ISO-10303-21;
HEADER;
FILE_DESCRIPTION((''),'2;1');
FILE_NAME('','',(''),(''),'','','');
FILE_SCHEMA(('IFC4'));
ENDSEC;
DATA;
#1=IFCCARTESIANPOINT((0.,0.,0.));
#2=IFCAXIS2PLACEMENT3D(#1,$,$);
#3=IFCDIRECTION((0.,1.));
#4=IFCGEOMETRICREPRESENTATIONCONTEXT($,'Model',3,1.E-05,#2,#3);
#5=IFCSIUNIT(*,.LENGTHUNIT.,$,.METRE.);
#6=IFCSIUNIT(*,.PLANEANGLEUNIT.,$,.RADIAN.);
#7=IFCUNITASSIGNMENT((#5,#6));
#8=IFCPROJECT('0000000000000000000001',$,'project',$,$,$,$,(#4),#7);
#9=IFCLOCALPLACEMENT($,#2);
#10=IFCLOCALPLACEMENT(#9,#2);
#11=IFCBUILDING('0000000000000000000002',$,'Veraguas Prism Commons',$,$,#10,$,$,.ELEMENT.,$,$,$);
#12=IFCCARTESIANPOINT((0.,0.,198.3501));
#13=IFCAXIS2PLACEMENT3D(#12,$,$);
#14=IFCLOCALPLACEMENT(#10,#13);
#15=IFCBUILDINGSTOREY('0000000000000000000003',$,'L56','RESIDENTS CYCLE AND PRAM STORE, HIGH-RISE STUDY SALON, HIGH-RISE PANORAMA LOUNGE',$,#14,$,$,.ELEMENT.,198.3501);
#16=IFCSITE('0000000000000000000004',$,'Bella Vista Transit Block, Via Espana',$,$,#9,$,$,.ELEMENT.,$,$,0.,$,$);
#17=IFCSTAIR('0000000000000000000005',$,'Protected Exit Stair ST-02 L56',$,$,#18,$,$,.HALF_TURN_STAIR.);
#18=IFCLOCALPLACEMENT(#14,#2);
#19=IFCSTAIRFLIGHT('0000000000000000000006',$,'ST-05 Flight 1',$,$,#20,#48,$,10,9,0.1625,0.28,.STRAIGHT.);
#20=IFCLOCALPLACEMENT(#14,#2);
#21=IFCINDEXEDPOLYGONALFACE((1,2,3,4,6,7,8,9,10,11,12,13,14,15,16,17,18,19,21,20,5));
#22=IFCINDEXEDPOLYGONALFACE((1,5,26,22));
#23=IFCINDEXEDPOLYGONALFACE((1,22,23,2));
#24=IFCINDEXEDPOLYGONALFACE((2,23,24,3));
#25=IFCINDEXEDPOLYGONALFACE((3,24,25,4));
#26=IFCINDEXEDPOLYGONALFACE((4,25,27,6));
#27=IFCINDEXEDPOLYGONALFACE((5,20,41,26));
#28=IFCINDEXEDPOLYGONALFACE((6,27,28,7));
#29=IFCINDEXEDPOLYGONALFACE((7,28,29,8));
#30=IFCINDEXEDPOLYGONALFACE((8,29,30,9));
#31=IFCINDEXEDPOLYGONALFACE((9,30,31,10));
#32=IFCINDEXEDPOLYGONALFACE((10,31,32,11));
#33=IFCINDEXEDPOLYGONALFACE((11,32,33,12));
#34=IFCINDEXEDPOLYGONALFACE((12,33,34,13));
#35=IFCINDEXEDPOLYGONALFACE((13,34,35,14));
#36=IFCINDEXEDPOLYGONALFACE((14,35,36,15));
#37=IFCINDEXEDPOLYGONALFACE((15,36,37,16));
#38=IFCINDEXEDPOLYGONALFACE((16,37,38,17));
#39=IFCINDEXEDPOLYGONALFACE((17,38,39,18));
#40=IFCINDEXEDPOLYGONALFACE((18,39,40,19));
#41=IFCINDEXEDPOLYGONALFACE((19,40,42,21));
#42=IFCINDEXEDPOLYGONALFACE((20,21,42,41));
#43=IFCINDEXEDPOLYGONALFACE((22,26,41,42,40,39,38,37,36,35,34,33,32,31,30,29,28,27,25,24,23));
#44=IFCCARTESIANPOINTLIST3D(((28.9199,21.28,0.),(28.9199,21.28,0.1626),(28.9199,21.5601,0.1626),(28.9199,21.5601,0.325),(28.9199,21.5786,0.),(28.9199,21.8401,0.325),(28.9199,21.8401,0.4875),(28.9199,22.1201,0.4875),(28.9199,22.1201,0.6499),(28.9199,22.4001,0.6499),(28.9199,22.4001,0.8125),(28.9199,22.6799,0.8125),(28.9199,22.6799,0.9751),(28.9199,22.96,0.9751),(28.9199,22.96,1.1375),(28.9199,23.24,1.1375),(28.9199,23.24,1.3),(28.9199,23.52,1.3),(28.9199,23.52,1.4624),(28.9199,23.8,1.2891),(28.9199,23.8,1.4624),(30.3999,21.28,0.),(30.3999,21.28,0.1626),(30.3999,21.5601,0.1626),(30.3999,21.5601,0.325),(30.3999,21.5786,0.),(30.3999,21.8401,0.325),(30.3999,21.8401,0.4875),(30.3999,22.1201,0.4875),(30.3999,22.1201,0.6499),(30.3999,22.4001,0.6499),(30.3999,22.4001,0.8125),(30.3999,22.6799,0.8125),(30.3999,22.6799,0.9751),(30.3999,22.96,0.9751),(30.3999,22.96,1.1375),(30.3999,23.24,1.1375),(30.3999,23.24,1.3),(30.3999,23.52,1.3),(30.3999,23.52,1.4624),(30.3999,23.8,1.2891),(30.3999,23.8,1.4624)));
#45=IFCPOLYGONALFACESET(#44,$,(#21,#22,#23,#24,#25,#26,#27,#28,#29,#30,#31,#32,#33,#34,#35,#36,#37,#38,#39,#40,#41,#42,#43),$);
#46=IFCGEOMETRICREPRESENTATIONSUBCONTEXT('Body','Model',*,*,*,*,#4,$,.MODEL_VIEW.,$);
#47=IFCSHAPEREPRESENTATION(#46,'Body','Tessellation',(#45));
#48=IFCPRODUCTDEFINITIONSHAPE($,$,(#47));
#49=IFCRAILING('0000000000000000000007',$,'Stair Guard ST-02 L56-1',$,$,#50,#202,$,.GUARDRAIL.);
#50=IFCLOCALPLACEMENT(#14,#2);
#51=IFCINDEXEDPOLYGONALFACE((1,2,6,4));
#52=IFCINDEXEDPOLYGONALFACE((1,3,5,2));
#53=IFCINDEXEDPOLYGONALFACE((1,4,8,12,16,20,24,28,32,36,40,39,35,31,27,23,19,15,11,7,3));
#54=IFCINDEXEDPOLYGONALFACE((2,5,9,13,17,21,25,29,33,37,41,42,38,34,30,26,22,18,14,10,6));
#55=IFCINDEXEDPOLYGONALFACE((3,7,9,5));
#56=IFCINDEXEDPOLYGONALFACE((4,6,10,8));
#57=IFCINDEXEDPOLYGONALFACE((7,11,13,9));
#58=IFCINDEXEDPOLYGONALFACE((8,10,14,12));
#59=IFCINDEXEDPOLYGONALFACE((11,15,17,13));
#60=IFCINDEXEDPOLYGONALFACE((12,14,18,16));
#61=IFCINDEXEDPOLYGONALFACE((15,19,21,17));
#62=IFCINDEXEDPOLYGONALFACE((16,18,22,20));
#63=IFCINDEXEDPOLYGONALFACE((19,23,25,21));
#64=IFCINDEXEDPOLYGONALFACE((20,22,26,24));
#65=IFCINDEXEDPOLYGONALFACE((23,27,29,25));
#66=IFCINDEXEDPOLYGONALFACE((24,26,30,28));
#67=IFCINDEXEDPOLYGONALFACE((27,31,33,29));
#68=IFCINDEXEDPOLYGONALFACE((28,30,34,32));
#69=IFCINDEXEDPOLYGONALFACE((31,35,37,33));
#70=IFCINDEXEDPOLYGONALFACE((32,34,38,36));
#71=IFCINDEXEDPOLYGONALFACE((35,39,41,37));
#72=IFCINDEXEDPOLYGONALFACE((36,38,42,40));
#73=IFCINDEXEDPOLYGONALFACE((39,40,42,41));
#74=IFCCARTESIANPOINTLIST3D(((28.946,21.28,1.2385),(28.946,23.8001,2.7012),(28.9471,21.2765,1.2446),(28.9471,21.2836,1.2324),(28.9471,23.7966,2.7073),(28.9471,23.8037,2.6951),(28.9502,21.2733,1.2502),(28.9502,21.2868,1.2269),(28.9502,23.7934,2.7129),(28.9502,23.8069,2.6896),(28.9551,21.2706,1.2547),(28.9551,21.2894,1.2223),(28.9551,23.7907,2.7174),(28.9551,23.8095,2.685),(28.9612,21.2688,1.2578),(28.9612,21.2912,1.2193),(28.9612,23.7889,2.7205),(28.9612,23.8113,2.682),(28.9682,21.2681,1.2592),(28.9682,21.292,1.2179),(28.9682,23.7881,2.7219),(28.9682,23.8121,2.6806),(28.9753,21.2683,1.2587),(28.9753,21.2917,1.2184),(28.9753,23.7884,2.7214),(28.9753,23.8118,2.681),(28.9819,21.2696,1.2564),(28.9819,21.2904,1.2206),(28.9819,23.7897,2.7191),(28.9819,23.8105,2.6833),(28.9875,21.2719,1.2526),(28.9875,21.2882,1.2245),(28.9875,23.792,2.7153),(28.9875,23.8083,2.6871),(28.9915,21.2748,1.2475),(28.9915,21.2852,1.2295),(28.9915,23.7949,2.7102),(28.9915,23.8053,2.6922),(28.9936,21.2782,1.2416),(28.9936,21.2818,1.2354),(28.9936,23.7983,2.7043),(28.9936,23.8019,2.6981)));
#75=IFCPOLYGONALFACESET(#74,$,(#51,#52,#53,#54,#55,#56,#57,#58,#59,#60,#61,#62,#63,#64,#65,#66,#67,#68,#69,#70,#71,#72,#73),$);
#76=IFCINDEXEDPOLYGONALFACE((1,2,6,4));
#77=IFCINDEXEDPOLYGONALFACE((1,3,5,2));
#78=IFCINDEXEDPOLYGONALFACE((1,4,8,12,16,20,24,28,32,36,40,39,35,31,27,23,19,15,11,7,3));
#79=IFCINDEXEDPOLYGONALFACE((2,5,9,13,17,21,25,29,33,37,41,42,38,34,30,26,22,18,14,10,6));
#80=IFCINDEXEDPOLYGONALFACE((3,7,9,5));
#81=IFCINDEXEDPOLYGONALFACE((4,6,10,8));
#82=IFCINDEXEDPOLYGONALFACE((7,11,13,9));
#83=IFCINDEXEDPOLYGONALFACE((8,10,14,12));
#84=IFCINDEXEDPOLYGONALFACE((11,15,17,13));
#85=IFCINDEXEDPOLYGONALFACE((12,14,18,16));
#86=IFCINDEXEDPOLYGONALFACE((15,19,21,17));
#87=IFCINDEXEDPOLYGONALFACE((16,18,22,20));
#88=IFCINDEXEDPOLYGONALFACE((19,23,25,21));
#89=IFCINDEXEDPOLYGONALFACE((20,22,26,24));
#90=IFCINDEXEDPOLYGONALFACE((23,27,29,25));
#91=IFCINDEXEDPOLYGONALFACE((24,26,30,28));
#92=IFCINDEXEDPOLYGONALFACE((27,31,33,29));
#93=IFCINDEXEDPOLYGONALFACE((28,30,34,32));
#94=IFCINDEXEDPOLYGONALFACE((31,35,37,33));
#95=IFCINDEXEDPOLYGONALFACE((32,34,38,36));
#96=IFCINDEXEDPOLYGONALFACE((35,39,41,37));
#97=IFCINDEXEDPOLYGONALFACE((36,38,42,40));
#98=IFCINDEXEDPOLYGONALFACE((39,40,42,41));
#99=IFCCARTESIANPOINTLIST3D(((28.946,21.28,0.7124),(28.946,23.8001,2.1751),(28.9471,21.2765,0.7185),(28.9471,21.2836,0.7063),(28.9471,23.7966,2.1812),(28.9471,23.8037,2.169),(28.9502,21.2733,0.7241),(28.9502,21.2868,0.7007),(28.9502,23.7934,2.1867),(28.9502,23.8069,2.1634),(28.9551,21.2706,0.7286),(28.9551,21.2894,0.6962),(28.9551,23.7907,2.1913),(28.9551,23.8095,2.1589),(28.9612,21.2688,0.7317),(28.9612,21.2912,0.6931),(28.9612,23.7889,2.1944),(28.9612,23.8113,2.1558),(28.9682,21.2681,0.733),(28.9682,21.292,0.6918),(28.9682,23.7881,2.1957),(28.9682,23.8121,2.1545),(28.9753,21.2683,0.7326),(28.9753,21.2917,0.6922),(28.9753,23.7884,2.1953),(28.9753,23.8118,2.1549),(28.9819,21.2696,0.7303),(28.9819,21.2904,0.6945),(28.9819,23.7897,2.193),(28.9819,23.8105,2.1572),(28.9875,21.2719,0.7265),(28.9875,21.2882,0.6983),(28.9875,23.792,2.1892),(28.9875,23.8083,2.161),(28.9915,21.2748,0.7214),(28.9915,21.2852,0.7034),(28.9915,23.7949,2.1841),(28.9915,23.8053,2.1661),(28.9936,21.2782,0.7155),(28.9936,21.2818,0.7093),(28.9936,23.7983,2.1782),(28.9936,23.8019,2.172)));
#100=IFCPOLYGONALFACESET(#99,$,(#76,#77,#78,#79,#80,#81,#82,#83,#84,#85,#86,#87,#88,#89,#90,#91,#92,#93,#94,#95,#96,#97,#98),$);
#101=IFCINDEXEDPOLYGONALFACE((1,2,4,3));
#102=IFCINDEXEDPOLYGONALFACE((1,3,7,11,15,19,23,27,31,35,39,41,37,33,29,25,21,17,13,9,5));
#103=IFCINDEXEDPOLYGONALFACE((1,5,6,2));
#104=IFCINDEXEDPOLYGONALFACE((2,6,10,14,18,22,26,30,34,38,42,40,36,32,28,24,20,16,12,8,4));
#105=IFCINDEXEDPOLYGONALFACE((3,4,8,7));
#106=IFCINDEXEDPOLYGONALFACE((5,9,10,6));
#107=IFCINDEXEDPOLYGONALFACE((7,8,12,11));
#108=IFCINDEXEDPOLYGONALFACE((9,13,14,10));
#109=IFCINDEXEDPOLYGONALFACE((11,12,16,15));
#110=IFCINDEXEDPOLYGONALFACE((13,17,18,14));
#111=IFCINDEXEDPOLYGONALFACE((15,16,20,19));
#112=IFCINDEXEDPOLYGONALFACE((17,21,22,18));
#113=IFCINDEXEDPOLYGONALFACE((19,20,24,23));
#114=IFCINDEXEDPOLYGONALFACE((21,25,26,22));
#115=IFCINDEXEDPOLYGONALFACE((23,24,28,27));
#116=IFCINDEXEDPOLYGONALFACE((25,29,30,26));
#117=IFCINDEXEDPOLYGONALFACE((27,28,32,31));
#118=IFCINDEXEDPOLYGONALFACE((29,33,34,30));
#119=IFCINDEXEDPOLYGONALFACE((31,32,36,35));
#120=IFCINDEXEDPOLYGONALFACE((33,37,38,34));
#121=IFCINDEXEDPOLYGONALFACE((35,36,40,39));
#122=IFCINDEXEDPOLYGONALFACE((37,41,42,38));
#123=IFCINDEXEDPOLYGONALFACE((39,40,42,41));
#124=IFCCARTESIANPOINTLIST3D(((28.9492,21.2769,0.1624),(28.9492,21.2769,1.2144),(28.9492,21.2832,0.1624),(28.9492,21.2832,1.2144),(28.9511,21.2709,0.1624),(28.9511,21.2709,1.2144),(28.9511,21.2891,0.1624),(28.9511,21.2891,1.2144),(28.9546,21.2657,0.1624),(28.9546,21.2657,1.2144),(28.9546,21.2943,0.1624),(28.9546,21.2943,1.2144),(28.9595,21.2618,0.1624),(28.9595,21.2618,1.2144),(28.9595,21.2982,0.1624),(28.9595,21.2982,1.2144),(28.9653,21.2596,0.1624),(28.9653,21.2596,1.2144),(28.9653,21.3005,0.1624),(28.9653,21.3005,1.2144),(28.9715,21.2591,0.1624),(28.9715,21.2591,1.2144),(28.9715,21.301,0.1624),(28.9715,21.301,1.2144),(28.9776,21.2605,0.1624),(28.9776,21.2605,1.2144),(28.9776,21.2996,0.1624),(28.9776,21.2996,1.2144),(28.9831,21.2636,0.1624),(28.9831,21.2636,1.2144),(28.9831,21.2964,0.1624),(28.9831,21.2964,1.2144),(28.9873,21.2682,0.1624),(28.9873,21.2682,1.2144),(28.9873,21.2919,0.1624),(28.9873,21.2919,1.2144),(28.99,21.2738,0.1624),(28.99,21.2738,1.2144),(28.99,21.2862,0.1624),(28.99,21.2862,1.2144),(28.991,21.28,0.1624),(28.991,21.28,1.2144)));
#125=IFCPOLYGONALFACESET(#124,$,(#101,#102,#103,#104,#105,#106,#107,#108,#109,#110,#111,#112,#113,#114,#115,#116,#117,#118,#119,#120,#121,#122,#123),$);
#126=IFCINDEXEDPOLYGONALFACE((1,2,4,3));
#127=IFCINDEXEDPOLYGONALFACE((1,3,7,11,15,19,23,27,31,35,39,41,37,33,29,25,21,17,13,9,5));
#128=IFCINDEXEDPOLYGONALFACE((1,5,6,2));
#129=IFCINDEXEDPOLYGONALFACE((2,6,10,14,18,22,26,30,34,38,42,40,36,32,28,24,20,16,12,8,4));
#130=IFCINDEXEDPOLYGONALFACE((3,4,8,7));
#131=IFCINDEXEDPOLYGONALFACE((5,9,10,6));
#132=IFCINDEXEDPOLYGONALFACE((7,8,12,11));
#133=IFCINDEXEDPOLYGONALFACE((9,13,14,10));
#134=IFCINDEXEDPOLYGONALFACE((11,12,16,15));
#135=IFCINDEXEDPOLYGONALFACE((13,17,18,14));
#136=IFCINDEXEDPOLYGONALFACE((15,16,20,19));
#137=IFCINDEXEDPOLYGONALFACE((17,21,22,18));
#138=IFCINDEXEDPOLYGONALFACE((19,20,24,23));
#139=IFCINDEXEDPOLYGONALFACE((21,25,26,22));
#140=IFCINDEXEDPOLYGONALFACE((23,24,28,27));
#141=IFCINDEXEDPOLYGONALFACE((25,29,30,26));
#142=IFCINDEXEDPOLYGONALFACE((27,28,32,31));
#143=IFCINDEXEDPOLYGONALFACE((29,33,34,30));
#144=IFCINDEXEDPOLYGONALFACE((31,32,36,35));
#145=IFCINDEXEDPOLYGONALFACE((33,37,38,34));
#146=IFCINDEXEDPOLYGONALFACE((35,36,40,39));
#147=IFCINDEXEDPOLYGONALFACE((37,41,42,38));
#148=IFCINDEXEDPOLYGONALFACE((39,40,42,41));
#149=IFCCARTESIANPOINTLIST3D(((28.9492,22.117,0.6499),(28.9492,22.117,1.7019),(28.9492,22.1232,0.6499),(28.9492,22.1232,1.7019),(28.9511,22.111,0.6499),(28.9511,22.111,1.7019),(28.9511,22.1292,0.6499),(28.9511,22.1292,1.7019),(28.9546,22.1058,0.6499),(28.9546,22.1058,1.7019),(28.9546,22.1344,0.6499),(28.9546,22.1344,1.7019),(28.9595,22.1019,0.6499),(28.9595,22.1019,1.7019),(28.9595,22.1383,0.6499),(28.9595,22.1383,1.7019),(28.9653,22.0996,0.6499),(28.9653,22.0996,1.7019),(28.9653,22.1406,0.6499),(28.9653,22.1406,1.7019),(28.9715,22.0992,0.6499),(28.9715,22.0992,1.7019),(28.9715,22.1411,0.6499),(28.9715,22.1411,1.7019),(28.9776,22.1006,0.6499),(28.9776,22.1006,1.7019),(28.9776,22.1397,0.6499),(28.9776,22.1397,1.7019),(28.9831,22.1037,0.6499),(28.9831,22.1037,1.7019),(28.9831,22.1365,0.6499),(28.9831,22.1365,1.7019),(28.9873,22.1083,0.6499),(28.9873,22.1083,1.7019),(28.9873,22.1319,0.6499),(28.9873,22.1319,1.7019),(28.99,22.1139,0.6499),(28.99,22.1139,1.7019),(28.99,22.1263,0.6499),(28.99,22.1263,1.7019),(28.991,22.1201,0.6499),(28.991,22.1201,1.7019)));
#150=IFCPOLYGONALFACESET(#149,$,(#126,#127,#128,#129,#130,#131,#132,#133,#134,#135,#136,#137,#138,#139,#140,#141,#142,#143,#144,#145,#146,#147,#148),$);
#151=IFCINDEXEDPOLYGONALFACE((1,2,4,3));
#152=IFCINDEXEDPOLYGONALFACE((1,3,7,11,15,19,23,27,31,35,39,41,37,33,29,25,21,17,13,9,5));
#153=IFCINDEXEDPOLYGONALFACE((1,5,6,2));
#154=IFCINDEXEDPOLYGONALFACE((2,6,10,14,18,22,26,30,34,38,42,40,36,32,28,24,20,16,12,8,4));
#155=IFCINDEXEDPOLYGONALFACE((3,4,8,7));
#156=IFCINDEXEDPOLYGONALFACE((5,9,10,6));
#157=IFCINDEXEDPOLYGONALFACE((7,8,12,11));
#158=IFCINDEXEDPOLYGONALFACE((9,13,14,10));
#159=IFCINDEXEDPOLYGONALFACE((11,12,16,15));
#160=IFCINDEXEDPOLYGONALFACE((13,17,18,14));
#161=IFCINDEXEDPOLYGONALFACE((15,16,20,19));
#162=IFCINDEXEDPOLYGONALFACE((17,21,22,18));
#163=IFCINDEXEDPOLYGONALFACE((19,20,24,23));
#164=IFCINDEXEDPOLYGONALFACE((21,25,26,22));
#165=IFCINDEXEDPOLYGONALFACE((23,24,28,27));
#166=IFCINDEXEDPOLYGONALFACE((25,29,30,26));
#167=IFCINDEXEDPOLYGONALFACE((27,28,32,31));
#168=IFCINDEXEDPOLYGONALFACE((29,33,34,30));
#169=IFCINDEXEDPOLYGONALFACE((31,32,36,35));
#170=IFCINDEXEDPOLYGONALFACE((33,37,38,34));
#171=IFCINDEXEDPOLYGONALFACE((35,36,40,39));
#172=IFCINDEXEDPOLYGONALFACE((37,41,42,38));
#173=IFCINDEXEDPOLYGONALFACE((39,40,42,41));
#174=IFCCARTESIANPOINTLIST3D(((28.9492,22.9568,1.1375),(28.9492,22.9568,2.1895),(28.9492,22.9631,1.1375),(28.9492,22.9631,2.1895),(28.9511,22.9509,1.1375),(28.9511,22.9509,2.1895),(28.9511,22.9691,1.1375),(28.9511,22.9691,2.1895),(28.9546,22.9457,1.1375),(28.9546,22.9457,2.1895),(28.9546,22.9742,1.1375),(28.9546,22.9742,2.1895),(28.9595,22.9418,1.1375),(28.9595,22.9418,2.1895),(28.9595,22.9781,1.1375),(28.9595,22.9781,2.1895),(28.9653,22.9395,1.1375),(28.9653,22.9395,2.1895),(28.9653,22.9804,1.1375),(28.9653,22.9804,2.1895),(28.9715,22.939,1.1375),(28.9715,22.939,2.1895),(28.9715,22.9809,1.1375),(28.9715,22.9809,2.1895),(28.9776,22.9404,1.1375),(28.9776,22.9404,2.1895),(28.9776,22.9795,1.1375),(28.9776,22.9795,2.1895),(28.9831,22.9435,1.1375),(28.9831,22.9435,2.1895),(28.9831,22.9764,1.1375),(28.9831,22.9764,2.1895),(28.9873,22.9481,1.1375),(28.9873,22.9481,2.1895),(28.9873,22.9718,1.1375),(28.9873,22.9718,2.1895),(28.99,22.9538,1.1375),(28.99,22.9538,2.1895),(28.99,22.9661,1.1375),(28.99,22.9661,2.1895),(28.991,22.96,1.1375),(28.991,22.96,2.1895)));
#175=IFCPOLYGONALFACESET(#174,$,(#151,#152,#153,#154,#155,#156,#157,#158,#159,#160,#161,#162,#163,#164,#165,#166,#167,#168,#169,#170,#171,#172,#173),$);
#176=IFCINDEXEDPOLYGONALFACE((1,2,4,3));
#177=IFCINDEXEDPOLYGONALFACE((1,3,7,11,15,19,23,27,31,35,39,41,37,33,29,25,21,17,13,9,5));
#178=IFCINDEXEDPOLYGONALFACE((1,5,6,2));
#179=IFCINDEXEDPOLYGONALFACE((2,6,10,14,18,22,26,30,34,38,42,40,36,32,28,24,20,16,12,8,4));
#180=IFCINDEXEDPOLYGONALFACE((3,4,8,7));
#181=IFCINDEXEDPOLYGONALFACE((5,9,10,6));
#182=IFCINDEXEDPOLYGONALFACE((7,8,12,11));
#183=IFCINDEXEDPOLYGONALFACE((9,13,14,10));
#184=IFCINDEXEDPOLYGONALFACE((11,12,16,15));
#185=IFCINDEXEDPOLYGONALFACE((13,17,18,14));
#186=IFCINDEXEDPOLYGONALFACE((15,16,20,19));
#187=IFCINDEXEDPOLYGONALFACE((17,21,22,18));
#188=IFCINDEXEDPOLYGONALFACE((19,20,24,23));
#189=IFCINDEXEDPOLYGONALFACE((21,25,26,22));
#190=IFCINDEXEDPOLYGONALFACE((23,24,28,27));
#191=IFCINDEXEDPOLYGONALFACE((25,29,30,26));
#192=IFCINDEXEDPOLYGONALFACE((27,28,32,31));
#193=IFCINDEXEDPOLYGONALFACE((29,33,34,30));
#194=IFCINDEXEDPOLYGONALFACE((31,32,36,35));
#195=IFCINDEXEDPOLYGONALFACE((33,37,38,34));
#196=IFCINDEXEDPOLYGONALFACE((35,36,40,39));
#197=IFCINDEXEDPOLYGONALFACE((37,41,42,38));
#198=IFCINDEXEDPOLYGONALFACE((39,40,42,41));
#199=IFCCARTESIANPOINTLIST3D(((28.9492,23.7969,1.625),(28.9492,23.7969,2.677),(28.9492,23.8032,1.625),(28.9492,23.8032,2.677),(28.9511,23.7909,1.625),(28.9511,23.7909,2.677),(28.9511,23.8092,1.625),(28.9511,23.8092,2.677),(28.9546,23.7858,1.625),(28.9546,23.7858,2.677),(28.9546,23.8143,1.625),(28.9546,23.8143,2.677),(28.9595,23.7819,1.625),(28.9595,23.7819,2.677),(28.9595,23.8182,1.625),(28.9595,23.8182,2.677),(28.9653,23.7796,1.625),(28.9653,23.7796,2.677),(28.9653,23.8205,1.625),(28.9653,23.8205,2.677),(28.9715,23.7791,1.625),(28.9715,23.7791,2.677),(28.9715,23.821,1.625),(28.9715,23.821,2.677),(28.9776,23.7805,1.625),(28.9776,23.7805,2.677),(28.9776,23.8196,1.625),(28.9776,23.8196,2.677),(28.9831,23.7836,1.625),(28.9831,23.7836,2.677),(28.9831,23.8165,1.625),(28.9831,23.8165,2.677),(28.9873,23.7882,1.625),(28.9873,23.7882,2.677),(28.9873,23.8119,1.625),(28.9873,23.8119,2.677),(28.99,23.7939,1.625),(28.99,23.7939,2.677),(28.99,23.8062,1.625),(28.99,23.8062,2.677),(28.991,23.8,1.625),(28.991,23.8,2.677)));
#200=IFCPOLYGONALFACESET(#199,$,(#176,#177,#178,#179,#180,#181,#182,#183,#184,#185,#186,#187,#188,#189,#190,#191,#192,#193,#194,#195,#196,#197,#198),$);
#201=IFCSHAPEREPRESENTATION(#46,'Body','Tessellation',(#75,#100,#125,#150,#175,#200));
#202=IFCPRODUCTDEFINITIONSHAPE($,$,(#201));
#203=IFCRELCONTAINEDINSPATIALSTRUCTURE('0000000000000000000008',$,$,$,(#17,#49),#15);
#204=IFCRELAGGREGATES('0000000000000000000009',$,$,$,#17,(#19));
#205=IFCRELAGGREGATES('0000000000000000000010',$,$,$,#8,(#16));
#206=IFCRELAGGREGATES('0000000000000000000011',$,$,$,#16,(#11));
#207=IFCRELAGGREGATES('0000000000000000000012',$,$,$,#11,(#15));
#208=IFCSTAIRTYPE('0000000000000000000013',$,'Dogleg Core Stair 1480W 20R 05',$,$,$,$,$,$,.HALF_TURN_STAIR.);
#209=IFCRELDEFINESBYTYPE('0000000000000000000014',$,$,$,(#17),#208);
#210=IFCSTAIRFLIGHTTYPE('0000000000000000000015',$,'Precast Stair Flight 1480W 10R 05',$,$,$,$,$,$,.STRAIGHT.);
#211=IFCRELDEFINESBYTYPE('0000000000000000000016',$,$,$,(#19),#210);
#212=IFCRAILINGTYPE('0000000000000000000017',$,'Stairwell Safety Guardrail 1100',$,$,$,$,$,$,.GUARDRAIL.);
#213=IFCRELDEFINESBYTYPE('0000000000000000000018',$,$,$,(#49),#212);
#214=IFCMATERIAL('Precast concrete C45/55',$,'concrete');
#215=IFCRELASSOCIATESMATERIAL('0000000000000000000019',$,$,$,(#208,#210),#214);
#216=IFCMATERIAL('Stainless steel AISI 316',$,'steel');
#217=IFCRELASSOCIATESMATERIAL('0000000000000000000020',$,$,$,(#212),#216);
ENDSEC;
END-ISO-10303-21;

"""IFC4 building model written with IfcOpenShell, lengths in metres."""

from ifc_helpers import new_model, si_unit, direction, frame, origin, origin_2d, place, context, subcontext, project, spatial, polyline, circle, outline, extrude, material, type_object, element, aggregate, save


model = new_model("IFC4")

# Units and contexts
model_context = context("Model", 3, precision=1e-05, world=origin(), true_north=direction((0.0, 1.0)))
body_context = subcontext(model_context, "Body", "Model", "MODEL_VIEW")
ifc_project = project(units=[si_unit("LENGTHUNIT", "METRE"), si_unit("PLANEANGLEUNIT", "RADIAN")], contexts=[model_context])

# Site, building, storey
site_placement = place(None, origin())
site = spatial("IfcSite", under=ifc_project, at=site_placement, Name="Bella Vista Transit Block, Via Espana", CompositionType="ELEMENT", RefElevation=0.0)
building_placement = place(site_placement, origin())
building = spatial("IfcBuilding", under=site, at=building_placement, Name="Veraguas Prism Commons", CompositionType="ELEMENT")
storey_placement = place(building_placement, frame((0.0, 0.0, 198.3501)))
storey = spatial("IfcBuildingStorey", under=building, at=storey_placement, Name="L56", Description="RESIDENTS CYCLE AND PRAM STORE, HIGH-RISE STUDY SALON, HIGH-RISE PANORAMA LOUNGE", CompositionType="ELEMENT", Elevation=198.3501)

# Shared definitions
ifc_material_1 = material(Name="Stainless steel AISI 316", Category="steel")

# Stair, stair flight
ifc_material_2 = material(Name="Precast concrete C45/55", Category="concrete")
stair_type = type_object("IfcStairType", Name="Dogleg Core Stair 1480W 20R 05", PredefinedType="HALF_TURN_STAIR", material=ifc_material_2)
stair_placement = place(storey_placement, origin())
stair = element("IfcStair", 1, at=stair_placement, inside=storey, type_object=stair_type, Name="Protected Exit Stair ST-02 L56", PredefinedType="HALF_TURN_STAIR")
stair_flight_type = type_object("IfcStairFlightType", Name="Precast Stair Flight 1480W 10R 05", PredefinedType="STRAIGHT", material=ifc_material_2)
stair_flight_placement = place(storey_placement, frame((29.6599, 21.28, 0.0), z_axis=(0.0, 0.0, 1.0), x_axis=(0.0, 1.0, 0.0)))
stair_flight = element("IfcStairFlight", 2, at=stair_flight_placement, type_object=stair_flight_type, Name="ST-05 Flight 1", NumberOfRisers=10, NumberOfTreads=9, PredefinedType="STRAIGHT", RiserHeight=0.1625, TreadLength=0.28, context=body_context, shape_type="SweptSolid", body=[
    extrude(outline(polyline([(0.0, 0.0), (0.0, 0.1626), (0.28, 0.1626), (0.28, 0.325), (0.5601, 0.325), (0.5601, 0.4875), (0.8401, 0.4875), (0.8401, 0.6499), (1.1201, 0.6499), (1.1201, 0.8125), (1.3999, 0.8125), (1.3999, 0.9751), (1.6799, 0.9751), (1.6799, 1.1375), (1.96, 1.1375), (1.96, 1.3), (2.24, 1.3), (2.24, 1.4624), (2.52, 1.4624), (2.52, 1.625), (2.52, 1.2891), (0.2986, 0.0), (0.0, 0.0)])), frame((0.0, 0.74, 0.0), z_axis=(0.0, -1.0, 0.0), x_axis=(1.0, 0.0, 0.0)), (0.0, 0.0, 1.0), 1.48),
])
aggregate(stair, [stair_flight])

# Railing
railing_type = type_object("IfcRailingType", Name="Stairwell Safety Guardrail 1100", PredefinedType="GUARDRAIL", material=ifc_material_1)
railing_1_placement = place(storey_placement, frame((28.97, 21.28, 0.1624)))
element("IfcRailing", 3, at=railing_1_placement, inside=storey, type_object=railing_type, Name="Stair Guard ST-02 L56-1", PredefinedType="GUARDRAIL", context=body_context, shape_type="SweptSolid", body=[
    extrude(circle(Radius=0.0239, at=origin_2d()), frame((0.0, 0.0, 1.0762), z_axis=(0.0, 0.864877, 0.501984), x_axis=(-1.0, 0.0, 0.0)), (0.0, 0.0, 1.0), 2.9138),
    extrude(circle(Radius=0.0239, at=origin_2d()), frame((0.0, 0.0, 0.55), z_axis=(0.0, 0.864877, 0.501984), x_axis=(-1.0, 0.0, 0.0)), (0.0, 0.0, 1.0), 2.9138),
    extrude(circle(Radius=0.021, at=origin_2d()), origin(), (0.0, 0.0, 1.0), 1.052),
    extrude(circle(Radius=0.021, at=origin_2d()), frame((0.0, 0.8401, 0.4875)), (0.0, 0.0, 1.0), 1.052),
    extrude(circle(Radius=0.021, at=origin_2d()), frame((0.0, 1.6799, 0.9751)), (0.0, 0.0, 1.0), 1.052),
    extrude(circle(Radius=0.021, at=origin_2d()), frame((0.0, 2.52, 1.4626)), (0.0, 0.0, 1.0), 1.052),
])

save(model, "model.ifc")
